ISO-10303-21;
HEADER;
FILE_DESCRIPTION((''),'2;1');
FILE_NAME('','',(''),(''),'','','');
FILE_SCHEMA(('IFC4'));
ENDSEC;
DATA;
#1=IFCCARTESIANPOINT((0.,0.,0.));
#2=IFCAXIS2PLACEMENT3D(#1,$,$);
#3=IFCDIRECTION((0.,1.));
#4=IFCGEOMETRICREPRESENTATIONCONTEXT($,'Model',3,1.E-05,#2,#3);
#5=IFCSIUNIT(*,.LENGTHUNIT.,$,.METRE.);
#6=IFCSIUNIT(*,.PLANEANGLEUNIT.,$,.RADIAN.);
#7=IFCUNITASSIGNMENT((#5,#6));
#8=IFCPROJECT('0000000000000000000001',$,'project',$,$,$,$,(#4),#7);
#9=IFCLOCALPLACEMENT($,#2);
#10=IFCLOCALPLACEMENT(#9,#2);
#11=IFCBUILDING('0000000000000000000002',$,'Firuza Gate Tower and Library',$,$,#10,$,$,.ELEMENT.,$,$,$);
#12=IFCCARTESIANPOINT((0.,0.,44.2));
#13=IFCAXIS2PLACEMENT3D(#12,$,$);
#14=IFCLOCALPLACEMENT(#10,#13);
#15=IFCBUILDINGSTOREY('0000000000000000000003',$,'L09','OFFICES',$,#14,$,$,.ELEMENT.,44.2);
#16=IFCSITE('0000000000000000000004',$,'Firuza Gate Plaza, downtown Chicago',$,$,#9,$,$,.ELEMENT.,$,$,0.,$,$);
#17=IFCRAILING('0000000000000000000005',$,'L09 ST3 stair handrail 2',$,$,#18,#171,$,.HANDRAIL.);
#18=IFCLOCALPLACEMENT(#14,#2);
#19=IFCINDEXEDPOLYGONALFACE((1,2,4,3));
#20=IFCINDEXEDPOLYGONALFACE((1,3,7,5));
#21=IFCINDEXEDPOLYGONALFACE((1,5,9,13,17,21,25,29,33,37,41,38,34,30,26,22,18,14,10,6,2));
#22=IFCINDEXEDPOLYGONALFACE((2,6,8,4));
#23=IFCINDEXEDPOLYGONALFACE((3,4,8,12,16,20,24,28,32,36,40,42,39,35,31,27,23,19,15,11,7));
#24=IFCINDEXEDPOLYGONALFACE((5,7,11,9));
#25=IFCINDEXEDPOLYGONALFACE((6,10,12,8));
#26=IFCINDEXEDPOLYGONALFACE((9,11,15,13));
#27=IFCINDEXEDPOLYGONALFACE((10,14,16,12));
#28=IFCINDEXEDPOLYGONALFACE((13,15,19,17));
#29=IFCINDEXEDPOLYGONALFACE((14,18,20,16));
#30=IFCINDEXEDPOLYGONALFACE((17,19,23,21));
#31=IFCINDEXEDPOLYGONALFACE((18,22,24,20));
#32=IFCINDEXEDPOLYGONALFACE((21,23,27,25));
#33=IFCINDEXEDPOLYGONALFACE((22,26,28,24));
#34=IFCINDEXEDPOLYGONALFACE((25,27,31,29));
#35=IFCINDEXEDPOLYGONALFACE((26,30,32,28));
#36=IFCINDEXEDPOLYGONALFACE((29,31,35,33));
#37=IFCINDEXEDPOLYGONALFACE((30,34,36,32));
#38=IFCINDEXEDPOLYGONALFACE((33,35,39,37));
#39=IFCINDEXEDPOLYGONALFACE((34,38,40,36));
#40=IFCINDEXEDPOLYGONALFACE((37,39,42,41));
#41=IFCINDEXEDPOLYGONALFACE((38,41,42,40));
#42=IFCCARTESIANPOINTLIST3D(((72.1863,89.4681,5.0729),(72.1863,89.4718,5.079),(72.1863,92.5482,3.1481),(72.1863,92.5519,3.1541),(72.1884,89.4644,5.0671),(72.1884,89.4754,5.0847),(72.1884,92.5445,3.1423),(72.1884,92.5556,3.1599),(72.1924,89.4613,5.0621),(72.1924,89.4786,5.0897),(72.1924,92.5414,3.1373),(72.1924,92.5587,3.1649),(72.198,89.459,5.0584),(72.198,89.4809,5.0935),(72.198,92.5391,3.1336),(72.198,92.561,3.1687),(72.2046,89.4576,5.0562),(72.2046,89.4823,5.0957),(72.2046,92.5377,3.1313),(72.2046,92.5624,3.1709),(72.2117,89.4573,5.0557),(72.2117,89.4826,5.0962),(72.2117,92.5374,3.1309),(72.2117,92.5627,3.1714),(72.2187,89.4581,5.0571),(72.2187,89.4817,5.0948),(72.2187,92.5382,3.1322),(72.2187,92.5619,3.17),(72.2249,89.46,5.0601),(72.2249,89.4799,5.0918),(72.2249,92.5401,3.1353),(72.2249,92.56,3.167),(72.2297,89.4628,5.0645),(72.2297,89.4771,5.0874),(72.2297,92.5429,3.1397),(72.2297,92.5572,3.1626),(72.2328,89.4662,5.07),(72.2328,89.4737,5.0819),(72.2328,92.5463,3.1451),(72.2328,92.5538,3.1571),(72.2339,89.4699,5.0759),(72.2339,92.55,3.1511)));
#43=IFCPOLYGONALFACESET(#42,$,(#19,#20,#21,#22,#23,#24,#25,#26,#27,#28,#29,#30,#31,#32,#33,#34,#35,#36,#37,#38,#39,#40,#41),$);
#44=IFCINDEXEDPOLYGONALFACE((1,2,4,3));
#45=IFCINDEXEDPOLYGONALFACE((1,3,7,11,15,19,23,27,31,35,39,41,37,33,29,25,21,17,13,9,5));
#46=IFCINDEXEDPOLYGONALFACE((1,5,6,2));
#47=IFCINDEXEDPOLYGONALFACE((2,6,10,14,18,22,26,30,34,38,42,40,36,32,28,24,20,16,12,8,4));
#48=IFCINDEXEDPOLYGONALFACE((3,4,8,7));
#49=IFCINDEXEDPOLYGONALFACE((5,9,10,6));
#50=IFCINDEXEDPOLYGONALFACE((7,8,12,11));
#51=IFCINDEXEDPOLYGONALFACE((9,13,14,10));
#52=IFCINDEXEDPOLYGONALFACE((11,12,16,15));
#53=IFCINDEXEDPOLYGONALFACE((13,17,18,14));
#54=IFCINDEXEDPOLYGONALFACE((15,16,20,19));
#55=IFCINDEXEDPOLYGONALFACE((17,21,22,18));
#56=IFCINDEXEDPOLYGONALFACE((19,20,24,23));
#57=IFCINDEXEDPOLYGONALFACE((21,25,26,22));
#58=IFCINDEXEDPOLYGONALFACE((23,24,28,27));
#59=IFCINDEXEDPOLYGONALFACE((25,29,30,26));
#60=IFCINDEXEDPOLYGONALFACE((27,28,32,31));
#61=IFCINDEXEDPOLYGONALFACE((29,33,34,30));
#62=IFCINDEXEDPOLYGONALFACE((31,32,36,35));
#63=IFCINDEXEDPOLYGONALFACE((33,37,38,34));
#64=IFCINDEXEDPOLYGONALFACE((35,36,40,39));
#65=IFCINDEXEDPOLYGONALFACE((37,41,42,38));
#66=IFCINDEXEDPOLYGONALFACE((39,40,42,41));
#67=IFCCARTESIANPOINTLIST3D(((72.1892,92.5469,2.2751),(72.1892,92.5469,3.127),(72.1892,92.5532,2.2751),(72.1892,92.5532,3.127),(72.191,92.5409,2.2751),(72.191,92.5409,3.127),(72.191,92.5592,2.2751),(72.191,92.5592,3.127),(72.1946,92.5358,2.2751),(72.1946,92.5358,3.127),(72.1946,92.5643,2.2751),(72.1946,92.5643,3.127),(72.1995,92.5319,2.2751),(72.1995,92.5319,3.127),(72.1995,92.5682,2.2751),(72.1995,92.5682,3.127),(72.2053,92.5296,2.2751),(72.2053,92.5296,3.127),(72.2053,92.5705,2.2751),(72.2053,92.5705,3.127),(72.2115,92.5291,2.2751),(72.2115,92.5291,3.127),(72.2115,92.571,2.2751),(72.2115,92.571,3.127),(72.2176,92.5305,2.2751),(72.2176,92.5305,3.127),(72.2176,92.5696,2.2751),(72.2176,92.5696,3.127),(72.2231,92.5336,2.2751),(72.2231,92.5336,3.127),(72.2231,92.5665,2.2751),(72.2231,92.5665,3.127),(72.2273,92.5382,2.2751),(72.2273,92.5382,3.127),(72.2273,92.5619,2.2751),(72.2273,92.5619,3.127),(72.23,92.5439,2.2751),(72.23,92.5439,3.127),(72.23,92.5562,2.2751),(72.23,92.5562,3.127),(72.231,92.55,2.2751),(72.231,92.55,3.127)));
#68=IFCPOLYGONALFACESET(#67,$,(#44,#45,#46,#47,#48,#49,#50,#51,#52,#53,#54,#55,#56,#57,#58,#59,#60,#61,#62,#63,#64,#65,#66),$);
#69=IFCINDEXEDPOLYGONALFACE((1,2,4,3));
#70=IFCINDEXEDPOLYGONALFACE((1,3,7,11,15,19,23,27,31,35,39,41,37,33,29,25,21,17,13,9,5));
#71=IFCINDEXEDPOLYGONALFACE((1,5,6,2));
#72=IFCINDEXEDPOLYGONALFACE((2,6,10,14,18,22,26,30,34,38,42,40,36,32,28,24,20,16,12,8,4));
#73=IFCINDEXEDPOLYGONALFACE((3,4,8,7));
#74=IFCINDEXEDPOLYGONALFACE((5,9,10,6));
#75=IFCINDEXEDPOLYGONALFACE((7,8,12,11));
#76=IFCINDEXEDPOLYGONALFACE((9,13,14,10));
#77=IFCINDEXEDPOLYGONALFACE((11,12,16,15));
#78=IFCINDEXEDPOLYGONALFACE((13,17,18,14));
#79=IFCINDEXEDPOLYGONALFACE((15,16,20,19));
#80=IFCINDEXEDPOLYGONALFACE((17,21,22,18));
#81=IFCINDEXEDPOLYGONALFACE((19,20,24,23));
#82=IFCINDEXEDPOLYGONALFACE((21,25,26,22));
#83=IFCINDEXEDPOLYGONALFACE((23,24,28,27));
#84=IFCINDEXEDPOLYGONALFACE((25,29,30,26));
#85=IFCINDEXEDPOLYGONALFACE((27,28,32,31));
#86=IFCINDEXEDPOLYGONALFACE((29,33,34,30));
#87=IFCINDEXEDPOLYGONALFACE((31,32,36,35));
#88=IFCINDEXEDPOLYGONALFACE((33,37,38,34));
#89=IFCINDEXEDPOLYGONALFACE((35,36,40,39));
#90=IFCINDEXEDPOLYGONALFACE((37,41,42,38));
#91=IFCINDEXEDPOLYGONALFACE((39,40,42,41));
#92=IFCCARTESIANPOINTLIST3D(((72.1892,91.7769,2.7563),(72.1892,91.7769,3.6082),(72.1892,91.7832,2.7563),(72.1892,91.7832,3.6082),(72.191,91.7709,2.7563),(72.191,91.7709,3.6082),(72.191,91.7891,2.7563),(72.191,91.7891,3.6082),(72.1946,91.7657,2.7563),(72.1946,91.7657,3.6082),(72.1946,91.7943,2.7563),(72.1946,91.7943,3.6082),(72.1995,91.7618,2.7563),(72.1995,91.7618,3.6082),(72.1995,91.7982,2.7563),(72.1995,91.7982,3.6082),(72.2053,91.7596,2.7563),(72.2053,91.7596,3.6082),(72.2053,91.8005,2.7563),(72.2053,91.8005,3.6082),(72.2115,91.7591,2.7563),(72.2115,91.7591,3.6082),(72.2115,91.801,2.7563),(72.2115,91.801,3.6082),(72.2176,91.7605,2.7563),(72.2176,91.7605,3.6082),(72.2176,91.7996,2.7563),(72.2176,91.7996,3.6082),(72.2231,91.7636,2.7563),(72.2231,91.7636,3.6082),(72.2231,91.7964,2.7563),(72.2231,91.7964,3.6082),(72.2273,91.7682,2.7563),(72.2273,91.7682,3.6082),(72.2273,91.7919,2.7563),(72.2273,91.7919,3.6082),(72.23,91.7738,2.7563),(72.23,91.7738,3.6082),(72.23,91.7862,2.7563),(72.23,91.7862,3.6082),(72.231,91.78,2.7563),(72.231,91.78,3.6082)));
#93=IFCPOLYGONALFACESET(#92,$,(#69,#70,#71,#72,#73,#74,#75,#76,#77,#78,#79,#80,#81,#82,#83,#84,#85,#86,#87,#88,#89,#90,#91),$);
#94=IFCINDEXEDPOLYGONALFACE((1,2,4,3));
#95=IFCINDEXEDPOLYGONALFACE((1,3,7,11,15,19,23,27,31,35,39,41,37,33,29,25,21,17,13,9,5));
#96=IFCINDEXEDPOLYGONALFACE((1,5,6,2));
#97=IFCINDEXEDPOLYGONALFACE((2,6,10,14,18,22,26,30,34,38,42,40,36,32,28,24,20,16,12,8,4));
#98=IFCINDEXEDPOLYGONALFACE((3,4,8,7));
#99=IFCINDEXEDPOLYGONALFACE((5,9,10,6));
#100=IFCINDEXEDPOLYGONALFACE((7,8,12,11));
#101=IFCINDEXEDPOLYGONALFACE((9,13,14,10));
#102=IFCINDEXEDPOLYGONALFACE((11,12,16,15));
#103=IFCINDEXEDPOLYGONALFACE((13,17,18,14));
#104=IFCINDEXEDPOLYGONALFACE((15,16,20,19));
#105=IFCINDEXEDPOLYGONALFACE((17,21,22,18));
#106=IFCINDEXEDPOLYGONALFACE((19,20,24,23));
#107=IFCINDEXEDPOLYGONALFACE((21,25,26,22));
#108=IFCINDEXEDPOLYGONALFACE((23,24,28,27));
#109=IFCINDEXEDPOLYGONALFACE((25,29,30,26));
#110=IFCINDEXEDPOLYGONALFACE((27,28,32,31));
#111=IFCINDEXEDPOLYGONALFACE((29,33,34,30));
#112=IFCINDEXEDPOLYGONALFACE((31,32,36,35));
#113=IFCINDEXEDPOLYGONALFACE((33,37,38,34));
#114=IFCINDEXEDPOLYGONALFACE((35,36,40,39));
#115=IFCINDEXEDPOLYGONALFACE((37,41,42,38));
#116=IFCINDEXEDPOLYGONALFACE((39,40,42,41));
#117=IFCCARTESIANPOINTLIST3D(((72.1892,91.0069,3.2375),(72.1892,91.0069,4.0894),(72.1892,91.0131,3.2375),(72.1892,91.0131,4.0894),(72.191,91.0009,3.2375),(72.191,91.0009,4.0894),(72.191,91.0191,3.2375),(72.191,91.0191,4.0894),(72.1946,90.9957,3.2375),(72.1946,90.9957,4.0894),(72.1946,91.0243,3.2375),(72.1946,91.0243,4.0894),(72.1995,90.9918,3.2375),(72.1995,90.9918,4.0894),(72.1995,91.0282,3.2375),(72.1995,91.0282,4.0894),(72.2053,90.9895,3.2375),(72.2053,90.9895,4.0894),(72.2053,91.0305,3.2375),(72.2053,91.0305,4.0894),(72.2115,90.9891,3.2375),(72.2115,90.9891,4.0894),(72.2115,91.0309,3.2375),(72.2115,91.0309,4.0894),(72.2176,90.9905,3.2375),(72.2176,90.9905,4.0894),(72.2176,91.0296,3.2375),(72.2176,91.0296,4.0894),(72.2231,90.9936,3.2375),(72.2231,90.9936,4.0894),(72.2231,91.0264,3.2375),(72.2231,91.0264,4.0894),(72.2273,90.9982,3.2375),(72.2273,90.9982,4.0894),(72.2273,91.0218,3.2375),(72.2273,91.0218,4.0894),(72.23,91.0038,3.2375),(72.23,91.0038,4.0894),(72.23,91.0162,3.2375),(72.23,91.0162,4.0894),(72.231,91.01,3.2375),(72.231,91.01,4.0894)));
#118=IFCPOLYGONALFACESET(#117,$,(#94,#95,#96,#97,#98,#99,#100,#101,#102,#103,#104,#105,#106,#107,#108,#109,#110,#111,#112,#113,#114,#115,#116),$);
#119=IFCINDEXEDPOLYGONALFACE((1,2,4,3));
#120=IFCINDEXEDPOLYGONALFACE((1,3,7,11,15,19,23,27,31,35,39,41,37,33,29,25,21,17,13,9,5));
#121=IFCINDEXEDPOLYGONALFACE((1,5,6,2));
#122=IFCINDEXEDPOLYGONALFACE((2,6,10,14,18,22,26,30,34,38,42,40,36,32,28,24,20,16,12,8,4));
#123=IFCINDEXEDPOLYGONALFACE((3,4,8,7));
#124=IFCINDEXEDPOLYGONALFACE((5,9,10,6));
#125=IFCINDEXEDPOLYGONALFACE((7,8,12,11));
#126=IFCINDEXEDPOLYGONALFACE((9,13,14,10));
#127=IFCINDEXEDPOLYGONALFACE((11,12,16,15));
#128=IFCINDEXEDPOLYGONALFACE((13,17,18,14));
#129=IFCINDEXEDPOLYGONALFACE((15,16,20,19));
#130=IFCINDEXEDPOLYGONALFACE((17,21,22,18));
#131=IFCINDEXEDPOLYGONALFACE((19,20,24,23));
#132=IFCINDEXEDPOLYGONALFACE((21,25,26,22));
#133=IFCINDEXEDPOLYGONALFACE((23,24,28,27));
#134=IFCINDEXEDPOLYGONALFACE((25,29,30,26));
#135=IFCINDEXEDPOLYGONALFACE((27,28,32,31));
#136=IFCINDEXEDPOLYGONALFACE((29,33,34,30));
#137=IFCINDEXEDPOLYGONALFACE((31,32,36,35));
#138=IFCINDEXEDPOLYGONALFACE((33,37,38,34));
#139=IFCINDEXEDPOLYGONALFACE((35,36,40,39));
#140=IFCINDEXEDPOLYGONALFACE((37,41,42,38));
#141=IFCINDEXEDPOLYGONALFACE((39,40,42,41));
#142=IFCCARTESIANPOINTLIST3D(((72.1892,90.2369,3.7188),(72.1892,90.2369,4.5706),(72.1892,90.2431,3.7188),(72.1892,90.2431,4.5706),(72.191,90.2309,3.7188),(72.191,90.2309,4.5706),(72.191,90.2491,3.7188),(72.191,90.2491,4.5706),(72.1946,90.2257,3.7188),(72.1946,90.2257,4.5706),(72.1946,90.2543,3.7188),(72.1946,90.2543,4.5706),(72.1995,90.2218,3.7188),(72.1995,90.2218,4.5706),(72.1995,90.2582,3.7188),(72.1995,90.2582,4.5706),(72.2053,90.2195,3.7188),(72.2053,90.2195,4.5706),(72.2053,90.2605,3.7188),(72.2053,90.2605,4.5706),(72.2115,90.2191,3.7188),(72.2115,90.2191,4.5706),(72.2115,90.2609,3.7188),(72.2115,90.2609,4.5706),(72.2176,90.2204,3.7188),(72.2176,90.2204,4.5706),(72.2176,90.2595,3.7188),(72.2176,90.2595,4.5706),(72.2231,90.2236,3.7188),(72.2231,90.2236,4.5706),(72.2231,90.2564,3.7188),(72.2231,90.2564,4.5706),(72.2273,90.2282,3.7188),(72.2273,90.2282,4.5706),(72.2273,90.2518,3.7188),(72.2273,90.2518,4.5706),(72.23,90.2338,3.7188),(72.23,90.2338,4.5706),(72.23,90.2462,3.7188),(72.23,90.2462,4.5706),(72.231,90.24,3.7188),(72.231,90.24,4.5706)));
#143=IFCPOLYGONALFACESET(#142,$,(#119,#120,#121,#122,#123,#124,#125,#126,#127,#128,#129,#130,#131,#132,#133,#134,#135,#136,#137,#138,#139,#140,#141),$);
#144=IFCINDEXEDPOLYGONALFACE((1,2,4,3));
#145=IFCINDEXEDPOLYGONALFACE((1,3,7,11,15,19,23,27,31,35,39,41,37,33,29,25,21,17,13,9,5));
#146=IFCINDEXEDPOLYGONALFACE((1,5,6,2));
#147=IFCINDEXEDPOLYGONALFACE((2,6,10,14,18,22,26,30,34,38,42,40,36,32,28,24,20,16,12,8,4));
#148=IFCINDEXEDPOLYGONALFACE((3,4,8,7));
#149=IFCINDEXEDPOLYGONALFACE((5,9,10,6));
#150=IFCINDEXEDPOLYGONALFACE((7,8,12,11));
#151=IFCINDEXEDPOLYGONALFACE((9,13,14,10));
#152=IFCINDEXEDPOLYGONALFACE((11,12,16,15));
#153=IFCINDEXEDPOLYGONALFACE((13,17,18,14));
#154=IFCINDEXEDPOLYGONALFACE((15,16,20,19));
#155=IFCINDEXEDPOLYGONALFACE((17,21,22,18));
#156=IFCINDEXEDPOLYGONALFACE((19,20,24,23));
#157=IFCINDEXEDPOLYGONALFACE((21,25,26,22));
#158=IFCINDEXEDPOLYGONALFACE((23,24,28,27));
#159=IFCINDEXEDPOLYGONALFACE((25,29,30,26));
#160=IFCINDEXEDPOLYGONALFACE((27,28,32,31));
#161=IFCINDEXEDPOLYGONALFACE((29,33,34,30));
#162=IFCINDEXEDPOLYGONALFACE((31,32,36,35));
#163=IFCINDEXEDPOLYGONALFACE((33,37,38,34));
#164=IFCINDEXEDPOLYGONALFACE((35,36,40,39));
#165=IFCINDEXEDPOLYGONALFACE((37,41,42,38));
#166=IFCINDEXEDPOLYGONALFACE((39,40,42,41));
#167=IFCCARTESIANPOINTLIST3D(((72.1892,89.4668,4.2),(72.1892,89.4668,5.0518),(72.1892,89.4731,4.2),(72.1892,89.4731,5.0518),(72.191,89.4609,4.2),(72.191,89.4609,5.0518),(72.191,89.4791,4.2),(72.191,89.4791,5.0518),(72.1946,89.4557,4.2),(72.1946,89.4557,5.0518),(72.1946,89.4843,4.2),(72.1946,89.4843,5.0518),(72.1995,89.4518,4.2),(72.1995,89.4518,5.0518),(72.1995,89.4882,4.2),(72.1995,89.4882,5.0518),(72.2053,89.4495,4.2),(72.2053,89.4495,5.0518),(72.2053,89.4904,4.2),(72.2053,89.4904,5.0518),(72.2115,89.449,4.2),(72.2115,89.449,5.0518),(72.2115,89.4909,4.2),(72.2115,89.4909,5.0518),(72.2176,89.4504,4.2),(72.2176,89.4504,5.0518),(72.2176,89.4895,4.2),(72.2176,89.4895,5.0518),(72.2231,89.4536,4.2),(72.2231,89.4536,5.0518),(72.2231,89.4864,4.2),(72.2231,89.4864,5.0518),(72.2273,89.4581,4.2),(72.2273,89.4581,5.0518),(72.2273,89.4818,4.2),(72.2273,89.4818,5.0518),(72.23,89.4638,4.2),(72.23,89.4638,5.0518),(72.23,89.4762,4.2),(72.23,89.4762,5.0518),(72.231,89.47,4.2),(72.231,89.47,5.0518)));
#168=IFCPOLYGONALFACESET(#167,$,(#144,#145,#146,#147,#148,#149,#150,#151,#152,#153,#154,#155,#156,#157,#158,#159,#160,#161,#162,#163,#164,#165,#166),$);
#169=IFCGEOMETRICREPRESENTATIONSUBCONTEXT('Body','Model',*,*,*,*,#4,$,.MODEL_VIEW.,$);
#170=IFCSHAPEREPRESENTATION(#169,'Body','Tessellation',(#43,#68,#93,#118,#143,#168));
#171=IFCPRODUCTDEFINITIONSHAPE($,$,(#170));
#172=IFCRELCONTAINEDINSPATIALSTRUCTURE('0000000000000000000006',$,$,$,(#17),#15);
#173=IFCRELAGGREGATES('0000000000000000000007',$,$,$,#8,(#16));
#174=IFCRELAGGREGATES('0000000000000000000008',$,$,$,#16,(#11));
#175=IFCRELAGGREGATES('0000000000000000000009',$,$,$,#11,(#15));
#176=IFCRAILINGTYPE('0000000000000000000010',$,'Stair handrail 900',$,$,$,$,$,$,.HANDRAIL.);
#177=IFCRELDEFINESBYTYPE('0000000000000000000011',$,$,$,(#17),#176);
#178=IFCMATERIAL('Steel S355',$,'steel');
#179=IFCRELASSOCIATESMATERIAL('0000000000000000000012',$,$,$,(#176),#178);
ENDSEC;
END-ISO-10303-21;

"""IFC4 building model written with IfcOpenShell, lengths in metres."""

from ifc_helpers import new_model, si_unit, direction, frame, origin, origin_2d, place, context, subcontext, project, spatial, circle, extrude, material, type_object, element, save


model = new_model("IFC4")

# Units and contexts
model_context = context("Model", 3, precision=1e-05, world=origin(), true_north=direction((0.0, 1.0)))
body_context = subcontext(model_context, "Body", "Model", "MODEL_VIEW")
ifc_project = project(units=[si_unit("LENGTHUNIT", "METRE"), si_unit("PLANEANGLEUNIT", "RADIAN")], contexts=[model_context])

# Site, building, storey
site_placement = place(None, origin())
site = spatial("IfcSite", under=ifc_project, at=site_placement, Name="Firuza Gate Plaza, downtown Chicago", CompositionType="ELEMENT", RefElevation=0.0)
building_placement = place(site_placement, origin())
building = spatial("IfcBuilding", under=site, at=building_placement, Name="Firuza Gate Tower and Library", CompositionType="ELEMENT")
storey_placement = place(building_placement, frame((0.0, 0.0, 44.2)))
storey = spatial("IfcBuildingStorey", under=building, at=storey_placement, Name="L09", Description="OFFICES", CompositionType="ELEMENT", Elevation=44.2)

# Railing
ifc_material_1 = material(Name="Steel S355", Category="steel")
railing_type_1 = type_object("IfcRailingType", Name="Stair handrail 900", PredefinedType="HANDRAIL", material=ifc_material_1)
railing_1_placement = place(storey_placement, frame((72.21, 92.55, 2.2751)))
element("IfcRailing", 1, at=railing_1_placement, inside=storey, type_object=railing_type_1, Name="L09 ST3 stair handrail 2", PredefinedType="HANDRAIL", context=body_context, shape_type="SweptSolid", body=[
    extrude(circle(Radius=0.0239, at=origin_2d()), frame((0.0, 0.0, 0.876), z_axis=(0.0, -0.848029, 0.529951), x_axis=(1.0, 0.0, 0.0)), (0.0, 0.0, 1.0), 3.6321),
    extrude(circle(Radius=0.021, at=origin_2d()), origin(), (0.0, 0.0, 1.0), 0.8518),
    extrude(circle(Radius=0.021, at=origin_2d()), frame((0.0, -0.77, 0.4812)), (0.0, 0.0, 1.0), 0.8518),
    extrude(circle(Radius=0.021, at=origin_2d()), frame((0.0, -1.54, 0.9624)), (0.0, 0.0, 1.0), 0.8518),
    extrude(circle(Radius=0.021, at=origin_2d()), frame((0.0, -2.3101, 1.4436)), (0.0, 0.0, 1.0), 0.8518),
    extrude(circle(Radius=0.021, at=origin_2d()), frame((0.0, -3.0801, 1.9248)), (0.0, 0.0, 1.0), 0.8518),
])

save(model, "model.ifc")
